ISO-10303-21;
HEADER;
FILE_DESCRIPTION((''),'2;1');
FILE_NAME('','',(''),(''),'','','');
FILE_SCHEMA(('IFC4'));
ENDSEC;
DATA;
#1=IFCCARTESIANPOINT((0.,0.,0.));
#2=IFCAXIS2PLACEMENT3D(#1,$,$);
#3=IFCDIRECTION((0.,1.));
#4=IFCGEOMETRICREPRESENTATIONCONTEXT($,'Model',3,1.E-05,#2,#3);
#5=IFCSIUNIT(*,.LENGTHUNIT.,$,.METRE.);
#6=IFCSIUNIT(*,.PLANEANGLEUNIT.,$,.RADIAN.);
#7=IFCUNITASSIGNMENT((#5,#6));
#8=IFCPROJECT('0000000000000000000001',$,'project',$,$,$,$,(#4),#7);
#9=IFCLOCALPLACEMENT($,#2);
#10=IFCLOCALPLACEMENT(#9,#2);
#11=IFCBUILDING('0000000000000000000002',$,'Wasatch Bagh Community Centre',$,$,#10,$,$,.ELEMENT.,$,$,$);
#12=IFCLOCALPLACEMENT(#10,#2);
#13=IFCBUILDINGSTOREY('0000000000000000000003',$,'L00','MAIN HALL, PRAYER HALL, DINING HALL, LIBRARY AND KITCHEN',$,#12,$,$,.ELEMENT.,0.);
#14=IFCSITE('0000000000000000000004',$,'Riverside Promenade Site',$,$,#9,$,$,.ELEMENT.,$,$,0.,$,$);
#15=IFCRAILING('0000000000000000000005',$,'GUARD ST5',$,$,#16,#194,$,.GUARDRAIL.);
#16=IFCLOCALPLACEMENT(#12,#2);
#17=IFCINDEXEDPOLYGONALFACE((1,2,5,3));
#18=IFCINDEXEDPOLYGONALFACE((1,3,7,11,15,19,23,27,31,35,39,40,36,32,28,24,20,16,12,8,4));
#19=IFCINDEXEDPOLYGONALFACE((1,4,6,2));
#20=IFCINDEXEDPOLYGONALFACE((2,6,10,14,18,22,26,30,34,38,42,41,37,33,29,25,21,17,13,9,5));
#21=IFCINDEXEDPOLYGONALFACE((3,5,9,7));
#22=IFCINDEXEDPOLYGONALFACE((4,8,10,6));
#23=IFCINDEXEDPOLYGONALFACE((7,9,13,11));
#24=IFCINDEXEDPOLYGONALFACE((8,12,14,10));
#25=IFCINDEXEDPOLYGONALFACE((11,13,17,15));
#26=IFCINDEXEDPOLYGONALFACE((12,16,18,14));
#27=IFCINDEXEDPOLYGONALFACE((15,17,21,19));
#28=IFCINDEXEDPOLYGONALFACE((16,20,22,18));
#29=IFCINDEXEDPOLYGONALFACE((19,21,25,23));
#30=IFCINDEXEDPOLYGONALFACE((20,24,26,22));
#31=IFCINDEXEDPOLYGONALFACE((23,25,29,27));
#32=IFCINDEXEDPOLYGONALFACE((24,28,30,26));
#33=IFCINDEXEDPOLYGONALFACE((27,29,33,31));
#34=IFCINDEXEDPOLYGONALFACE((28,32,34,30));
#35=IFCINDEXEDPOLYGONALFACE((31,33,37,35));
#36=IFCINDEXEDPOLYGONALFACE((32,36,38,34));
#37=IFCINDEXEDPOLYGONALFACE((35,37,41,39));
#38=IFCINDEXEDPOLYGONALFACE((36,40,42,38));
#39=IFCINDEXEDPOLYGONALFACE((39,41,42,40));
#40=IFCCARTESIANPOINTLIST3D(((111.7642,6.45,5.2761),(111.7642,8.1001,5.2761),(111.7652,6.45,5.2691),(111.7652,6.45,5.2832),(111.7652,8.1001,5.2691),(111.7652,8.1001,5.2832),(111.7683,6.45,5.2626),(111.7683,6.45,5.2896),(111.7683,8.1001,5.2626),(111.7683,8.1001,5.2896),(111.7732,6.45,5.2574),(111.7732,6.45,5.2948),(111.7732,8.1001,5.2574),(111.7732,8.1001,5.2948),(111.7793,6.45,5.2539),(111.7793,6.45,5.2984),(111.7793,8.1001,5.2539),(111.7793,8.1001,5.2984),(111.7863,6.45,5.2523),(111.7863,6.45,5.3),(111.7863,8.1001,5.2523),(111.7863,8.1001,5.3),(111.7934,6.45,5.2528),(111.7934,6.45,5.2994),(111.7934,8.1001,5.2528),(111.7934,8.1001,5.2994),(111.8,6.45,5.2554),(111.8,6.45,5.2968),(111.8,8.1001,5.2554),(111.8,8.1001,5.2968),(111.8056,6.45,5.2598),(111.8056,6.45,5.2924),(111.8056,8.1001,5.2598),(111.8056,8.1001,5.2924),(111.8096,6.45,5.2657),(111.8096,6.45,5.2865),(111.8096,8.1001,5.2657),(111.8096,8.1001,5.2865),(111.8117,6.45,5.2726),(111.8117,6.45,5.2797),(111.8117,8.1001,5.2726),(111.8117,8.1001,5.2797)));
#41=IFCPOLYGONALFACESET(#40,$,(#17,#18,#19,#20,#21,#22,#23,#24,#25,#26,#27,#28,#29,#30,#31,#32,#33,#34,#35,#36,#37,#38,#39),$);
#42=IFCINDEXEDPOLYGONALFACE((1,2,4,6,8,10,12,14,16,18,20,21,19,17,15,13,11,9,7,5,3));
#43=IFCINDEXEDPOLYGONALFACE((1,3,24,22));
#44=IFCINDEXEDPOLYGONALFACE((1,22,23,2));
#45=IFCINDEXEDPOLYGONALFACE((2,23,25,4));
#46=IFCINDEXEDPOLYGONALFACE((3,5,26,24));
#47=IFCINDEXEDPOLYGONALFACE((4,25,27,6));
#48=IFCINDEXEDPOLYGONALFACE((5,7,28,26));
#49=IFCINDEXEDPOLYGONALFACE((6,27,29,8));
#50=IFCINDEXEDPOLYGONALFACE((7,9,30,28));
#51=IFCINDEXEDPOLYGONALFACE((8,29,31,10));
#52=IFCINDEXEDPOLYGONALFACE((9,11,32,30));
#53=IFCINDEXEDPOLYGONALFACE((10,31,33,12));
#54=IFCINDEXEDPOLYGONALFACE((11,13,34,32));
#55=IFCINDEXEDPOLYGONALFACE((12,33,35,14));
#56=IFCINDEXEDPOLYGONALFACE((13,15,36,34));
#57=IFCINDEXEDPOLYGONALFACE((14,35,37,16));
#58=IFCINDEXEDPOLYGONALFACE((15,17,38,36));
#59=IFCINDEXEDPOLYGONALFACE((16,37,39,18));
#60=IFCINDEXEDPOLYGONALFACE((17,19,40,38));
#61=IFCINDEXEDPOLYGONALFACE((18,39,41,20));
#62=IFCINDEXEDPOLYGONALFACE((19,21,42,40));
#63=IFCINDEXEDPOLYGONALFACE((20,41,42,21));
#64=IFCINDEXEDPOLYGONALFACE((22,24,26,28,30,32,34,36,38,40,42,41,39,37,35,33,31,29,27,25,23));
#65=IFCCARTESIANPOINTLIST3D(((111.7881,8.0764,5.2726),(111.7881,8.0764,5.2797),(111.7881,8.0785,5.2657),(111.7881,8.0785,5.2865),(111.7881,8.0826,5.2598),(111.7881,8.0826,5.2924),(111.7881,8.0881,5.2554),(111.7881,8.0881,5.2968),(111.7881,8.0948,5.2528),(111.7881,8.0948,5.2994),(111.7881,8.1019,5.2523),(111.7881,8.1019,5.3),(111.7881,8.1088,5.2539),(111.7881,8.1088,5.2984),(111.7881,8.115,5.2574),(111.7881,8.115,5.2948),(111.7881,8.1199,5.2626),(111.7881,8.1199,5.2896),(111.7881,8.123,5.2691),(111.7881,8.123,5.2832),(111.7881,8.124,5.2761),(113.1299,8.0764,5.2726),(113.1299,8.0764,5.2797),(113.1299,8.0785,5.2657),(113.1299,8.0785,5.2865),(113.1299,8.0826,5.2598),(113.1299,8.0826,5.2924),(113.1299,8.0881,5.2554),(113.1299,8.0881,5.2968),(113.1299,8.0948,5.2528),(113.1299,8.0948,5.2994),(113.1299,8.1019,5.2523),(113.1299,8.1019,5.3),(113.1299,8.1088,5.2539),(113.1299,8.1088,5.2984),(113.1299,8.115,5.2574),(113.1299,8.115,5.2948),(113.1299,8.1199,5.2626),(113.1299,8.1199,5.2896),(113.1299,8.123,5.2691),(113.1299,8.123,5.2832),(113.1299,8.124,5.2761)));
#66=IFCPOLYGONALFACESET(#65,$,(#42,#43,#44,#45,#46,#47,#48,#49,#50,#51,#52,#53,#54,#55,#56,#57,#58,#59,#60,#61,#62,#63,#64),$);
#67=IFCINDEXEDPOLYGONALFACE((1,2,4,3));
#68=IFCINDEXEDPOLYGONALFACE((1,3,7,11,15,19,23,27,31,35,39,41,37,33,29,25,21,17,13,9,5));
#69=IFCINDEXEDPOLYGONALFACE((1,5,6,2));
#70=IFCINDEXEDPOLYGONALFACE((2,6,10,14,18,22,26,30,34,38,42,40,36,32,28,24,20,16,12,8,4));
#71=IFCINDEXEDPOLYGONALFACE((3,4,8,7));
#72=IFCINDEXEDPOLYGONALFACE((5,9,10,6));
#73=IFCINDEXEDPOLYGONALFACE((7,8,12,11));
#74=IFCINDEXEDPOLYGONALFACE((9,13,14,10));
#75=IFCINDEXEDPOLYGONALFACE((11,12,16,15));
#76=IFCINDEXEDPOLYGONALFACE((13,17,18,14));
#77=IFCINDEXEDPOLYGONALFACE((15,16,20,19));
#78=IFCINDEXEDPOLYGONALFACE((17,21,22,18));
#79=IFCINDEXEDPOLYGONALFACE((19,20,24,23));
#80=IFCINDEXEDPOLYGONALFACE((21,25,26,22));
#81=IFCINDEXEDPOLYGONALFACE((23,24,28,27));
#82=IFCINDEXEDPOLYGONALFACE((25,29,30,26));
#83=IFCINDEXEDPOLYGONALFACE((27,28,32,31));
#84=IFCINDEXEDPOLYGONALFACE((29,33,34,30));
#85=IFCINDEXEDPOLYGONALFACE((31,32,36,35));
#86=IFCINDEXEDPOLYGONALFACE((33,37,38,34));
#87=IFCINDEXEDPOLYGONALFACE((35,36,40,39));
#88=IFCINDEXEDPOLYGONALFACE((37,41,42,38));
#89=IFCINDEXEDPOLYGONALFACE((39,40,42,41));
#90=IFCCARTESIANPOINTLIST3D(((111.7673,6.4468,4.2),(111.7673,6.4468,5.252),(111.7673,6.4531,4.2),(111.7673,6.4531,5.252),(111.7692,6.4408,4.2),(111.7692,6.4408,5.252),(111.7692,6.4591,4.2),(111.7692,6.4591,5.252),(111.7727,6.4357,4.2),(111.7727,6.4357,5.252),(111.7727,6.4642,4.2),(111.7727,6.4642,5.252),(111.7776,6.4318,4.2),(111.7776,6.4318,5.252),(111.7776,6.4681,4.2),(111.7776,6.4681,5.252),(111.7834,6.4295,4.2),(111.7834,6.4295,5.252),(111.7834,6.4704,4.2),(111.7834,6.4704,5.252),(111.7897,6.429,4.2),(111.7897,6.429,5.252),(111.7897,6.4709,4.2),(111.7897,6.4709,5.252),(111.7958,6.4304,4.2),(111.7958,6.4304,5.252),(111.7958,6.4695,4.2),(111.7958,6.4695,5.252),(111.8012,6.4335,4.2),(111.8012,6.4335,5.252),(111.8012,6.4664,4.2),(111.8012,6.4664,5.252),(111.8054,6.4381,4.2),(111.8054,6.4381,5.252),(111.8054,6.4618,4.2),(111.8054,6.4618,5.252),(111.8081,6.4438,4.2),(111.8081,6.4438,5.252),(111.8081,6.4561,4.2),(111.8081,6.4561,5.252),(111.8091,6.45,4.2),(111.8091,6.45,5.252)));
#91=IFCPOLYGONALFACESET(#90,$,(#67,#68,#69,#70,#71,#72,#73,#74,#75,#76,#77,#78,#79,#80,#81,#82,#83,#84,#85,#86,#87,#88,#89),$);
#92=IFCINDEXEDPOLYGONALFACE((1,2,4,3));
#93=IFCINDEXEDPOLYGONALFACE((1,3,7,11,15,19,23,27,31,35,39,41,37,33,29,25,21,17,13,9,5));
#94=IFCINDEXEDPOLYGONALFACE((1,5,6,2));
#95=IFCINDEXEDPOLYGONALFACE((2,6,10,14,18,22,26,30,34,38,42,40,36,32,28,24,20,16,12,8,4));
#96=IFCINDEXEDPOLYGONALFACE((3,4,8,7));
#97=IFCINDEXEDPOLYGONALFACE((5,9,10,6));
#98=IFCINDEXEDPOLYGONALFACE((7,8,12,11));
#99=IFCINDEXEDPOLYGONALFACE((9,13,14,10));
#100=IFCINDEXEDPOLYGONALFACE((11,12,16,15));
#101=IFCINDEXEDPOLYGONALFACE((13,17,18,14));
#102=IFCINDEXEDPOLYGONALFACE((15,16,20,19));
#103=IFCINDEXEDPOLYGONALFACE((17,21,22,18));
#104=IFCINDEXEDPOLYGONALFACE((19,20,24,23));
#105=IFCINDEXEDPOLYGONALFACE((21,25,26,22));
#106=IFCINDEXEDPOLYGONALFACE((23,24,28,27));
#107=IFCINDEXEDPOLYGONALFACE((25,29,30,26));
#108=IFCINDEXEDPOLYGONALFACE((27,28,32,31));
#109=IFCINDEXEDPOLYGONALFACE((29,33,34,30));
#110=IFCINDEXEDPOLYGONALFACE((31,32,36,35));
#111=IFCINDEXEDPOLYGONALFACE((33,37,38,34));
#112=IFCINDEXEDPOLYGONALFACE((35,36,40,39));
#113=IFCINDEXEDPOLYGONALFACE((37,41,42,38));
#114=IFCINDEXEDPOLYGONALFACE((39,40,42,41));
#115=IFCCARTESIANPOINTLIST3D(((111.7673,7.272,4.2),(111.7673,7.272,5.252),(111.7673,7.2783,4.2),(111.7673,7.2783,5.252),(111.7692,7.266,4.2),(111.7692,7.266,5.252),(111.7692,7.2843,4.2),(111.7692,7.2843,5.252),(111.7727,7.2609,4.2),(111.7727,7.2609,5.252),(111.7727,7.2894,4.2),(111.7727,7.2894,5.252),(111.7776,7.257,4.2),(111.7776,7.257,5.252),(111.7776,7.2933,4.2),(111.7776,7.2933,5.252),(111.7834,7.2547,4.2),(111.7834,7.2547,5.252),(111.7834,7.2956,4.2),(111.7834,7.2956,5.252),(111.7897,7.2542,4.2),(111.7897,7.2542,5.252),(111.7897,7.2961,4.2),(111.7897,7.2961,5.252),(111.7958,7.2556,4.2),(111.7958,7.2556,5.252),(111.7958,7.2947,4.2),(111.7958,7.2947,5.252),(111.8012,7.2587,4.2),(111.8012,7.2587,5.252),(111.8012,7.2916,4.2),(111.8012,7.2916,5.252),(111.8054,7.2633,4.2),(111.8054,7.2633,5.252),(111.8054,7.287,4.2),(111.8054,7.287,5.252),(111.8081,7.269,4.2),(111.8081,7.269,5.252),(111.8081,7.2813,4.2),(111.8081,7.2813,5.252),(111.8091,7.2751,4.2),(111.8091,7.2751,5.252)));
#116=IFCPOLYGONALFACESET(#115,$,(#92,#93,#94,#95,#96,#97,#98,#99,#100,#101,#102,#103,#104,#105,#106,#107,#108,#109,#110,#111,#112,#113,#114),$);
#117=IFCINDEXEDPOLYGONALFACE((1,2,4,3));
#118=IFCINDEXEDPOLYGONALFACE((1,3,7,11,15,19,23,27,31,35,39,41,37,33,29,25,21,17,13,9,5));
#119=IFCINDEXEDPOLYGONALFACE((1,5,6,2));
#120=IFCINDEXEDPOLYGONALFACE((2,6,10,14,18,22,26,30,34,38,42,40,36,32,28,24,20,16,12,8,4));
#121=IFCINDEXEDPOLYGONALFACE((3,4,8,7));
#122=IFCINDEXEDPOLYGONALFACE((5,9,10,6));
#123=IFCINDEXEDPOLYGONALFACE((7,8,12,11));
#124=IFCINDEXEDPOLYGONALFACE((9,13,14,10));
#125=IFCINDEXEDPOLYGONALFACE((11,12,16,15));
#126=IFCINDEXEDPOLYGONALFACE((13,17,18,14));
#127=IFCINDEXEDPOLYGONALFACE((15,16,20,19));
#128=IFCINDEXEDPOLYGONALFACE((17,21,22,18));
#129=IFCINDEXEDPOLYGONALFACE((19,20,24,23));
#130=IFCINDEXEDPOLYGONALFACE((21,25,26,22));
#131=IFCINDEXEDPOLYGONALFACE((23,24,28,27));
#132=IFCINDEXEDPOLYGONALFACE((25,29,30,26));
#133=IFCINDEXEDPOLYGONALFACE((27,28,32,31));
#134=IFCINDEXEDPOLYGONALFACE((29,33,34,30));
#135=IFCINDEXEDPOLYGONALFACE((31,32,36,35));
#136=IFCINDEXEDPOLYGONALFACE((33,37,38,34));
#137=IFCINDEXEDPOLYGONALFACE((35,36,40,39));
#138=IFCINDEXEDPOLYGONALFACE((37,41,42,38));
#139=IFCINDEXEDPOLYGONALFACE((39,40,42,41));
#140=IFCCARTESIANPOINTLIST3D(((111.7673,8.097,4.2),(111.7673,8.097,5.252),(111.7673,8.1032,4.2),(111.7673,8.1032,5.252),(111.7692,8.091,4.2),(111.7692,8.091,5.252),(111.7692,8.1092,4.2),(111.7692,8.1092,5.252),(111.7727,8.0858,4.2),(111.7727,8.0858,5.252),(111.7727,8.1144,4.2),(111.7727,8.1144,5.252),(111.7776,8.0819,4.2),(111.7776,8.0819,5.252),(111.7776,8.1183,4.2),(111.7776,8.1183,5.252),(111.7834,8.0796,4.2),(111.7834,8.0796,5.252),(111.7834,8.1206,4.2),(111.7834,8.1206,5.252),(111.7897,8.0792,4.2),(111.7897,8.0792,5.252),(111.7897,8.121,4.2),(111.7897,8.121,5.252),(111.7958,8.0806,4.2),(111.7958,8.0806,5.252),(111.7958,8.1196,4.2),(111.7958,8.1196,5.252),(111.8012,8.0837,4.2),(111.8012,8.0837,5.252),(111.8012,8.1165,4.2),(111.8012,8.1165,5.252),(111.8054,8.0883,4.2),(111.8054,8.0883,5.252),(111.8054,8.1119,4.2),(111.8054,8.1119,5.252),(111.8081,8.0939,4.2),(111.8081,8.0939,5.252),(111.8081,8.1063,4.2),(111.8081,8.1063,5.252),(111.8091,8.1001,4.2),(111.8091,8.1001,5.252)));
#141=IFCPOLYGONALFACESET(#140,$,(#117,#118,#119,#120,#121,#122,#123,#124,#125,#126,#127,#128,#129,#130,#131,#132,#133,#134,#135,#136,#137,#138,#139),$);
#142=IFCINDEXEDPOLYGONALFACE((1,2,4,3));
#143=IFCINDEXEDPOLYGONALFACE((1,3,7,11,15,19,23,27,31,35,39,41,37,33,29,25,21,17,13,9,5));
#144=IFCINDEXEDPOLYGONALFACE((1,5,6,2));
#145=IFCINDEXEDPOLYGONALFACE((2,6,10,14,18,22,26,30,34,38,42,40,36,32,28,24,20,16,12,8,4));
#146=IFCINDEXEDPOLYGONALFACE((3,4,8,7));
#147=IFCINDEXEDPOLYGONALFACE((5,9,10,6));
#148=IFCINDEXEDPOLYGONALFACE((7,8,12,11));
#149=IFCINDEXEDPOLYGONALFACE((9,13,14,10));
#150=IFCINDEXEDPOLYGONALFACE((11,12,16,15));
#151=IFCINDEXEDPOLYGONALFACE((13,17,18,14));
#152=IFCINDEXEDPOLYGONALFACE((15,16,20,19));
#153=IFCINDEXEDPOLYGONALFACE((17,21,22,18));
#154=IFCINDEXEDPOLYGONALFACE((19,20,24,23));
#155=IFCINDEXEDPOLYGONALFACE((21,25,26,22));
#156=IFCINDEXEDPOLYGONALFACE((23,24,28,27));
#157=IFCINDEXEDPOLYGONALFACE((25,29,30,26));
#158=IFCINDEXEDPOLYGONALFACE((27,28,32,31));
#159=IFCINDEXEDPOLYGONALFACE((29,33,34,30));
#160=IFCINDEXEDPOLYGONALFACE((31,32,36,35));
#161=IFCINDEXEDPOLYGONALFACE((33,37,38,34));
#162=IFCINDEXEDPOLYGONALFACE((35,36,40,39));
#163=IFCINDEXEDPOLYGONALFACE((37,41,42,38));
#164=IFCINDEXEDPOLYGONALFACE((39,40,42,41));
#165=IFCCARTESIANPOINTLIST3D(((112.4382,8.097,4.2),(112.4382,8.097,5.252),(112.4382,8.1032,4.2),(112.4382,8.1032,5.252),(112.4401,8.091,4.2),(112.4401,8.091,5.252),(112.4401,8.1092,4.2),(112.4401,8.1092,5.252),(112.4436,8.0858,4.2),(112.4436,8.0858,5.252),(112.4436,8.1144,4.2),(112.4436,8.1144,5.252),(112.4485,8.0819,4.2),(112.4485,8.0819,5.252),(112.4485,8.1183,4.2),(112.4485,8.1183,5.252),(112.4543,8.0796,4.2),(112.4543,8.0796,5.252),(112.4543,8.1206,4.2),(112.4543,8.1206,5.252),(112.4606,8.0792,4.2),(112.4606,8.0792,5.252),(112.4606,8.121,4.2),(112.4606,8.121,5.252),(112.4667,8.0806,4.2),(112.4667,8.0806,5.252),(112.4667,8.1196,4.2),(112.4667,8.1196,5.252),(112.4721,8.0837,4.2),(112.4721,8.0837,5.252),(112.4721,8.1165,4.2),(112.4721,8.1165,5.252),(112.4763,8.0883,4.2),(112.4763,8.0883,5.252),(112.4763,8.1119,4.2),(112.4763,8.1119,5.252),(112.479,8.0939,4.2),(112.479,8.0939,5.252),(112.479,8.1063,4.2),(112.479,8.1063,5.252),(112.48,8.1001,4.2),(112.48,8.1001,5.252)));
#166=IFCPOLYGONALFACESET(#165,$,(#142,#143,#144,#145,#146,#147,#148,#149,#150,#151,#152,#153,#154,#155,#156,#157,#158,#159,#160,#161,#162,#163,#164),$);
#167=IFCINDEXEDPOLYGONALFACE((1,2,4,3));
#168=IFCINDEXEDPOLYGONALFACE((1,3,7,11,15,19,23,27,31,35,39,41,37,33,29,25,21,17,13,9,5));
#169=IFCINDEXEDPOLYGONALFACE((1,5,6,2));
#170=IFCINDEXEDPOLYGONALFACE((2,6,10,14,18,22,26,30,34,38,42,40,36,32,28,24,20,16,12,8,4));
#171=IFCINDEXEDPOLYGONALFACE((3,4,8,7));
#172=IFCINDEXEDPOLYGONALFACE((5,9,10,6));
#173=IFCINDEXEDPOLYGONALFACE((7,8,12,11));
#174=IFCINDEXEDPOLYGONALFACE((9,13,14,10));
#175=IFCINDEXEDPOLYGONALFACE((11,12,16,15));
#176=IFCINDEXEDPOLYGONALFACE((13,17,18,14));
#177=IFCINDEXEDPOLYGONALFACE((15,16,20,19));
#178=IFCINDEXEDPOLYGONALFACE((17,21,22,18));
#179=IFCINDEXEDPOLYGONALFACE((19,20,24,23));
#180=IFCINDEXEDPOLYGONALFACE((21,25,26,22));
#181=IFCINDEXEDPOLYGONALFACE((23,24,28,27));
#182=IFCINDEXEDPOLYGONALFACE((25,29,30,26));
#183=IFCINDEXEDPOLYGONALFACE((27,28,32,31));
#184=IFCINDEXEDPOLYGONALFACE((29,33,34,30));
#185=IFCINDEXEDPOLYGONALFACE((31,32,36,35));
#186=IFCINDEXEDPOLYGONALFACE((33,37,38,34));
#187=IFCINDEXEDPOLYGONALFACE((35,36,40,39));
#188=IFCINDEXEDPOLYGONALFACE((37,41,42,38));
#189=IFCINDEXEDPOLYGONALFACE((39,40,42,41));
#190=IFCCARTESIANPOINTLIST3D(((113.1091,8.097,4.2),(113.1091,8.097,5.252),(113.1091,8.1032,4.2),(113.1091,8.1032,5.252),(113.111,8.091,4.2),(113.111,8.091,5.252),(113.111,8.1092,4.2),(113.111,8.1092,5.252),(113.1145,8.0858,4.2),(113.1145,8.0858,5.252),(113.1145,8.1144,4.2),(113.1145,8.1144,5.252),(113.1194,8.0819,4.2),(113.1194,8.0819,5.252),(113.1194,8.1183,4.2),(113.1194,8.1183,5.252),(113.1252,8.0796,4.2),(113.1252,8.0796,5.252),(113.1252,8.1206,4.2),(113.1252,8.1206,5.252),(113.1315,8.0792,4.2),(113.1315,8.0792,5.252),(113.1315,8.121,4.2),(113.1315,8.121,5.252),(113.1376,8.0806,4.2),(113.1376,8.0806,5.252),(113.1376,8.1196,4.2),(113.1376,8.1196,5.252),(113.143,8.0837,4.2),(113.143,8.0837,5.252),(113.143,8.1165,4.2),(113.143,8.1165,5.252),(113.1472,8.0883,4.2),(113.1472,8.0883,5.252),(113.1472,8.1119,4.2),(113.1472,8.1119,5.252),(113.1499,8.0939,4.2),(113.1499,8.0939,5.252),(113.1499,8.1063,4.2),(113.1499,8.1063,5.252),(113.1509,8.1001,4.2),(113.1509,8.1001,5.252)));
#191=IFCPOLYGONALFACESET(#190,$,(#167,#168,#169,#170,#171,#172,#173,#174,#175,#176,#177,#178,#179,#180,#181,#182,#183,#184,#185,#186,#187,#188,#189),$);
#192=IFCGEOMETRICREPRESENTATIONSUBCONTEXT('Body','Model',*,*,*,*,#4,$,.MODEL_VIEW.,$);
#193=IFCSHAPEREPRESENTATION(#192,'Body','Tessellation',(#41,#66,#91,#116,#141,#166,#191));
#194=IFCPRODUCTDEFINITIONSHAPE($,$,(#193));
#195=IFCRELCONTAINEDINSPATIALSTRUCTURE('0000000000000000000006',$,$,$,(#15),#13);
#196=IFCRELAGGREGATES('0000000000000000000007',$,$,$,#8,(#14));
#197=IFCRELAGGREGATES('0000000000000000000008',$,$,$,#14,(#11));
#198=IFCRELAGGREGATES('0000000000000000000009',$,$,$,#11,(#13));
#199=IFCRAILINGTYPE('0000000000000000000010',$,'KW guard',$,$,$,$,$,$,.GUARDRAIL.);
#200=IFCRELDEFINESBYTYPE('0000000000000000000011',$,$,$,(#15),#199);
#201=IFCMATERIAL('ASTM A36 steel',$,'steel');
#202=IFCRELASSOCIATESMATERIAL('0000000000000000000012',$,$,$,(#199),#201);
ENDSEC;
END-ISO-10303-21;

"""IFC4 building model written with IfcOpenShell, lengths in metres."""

from ifc_helpers import new_model, si_unit, direction, frame, origin, origin_2d, place, context, subcontext, project, spatial, circle, extrude, material, type_object, element, save


model = new_model("IFC4")

# Units and contexts
model_context = context("Model", 3, precision=1e-05, world=origin(), true_north=direction((0.0, 1.0)))
body_context = subcontext(model_context, "Body", "Model", "MODEL_VIEW")
ifc_project = project(units=[si_unit("LENGTHUNIT", "METRE"), si_unit("PLANEANGLEUNIT", "RADIAN")], contexts=[model_context])

# Site, building, storey
site_placement = place(None, origin())
site = spatial("IfcSite", under=ifc_project, at=site_placement, Name="Riverside Promenade Site", CompositionType="ELEMENT", RefElevation=0.0)
building_placement = place(site_placement, origin())
building = spatial("IfcBuilding", under=site, at=building_placement, Name="Wasatch Bagh Community Centre", CompositionType="ELEMENT")
storey_placement = place(building_placement, origin())
storey = spatial("IfcBuildingStorey", under=building, at=storey_placement, Name="L00", Description="MAIN HALL, PRAYER HALL, DINING HALL, LIBRARY AND KITCHEN", CompositionType="ELEMENT", Elevation=0.0)

# Railing
ifc_material_1 = material(Name="ASTM A36 steel", Category="steel")
railing_type_1 = type_object("IfcRailingType", Name="KW guard", PredefinedType="GUARDRAIL", material=ifc_material_1)
railing_1_placement = place(storey_placement, frame((111.7881, 6.45, 4.2)))
element("IfcRailing", 1, at=railing_1_placement, inside=storey, type_object=railing_type_1, Name="GUARD ST5", PredefinedType="GUARDRAIL", context=body_context, shape_type="SweptSolid", body=[
    extrude(circle(Radius=0.0239, at=origin_2d()), frame((0.0, 0.0, 1.0762), z_axis=(0.0, 1.0, 0.0), x_axis=(-1.0, 0.0, 0.0)), (0.0, 0.0, 1.0), 1.6501),
    extrude(circle(Radius=0.0239, at=origin_2d()), frame((0.0, 1.6501, 1.0762), z_axis=(1.0, 0.0, 0.0), x_axis=(0.0, 1.0, 0.0)), (0.0, 0.0, 1.0), 1.3418),
    extrude(circle(Radius=0.021, at=origin_2d()), origin(), (0.0, 0.0, 1.0), 1.052),
    extrude(circle(Radius=0.021, at=origin_2d()), frame((0.0, 0.8252, 0.0)), (0.0, 0.0, 1.0), 1.052),
    extrude(circle(Radius=0.021, at=origin_2d()), frame((0.0, 1.6501, 0.0)), (0.0, 0.0, 1.0), 1.052),
    extrude(circle(Radius=0.021, at=origin_2d()), frame((0.6709, 1.6501, 0.0)), (0.0, 0.0, 1.0), 1.052),
    extrude(circle(Radius=0.021, at=origin_2d()), frame((1.3418, 1.6501, 0.0)), (0.0, 0.0, 1.0), 1.052),
])

save(model, "model.ifc")
